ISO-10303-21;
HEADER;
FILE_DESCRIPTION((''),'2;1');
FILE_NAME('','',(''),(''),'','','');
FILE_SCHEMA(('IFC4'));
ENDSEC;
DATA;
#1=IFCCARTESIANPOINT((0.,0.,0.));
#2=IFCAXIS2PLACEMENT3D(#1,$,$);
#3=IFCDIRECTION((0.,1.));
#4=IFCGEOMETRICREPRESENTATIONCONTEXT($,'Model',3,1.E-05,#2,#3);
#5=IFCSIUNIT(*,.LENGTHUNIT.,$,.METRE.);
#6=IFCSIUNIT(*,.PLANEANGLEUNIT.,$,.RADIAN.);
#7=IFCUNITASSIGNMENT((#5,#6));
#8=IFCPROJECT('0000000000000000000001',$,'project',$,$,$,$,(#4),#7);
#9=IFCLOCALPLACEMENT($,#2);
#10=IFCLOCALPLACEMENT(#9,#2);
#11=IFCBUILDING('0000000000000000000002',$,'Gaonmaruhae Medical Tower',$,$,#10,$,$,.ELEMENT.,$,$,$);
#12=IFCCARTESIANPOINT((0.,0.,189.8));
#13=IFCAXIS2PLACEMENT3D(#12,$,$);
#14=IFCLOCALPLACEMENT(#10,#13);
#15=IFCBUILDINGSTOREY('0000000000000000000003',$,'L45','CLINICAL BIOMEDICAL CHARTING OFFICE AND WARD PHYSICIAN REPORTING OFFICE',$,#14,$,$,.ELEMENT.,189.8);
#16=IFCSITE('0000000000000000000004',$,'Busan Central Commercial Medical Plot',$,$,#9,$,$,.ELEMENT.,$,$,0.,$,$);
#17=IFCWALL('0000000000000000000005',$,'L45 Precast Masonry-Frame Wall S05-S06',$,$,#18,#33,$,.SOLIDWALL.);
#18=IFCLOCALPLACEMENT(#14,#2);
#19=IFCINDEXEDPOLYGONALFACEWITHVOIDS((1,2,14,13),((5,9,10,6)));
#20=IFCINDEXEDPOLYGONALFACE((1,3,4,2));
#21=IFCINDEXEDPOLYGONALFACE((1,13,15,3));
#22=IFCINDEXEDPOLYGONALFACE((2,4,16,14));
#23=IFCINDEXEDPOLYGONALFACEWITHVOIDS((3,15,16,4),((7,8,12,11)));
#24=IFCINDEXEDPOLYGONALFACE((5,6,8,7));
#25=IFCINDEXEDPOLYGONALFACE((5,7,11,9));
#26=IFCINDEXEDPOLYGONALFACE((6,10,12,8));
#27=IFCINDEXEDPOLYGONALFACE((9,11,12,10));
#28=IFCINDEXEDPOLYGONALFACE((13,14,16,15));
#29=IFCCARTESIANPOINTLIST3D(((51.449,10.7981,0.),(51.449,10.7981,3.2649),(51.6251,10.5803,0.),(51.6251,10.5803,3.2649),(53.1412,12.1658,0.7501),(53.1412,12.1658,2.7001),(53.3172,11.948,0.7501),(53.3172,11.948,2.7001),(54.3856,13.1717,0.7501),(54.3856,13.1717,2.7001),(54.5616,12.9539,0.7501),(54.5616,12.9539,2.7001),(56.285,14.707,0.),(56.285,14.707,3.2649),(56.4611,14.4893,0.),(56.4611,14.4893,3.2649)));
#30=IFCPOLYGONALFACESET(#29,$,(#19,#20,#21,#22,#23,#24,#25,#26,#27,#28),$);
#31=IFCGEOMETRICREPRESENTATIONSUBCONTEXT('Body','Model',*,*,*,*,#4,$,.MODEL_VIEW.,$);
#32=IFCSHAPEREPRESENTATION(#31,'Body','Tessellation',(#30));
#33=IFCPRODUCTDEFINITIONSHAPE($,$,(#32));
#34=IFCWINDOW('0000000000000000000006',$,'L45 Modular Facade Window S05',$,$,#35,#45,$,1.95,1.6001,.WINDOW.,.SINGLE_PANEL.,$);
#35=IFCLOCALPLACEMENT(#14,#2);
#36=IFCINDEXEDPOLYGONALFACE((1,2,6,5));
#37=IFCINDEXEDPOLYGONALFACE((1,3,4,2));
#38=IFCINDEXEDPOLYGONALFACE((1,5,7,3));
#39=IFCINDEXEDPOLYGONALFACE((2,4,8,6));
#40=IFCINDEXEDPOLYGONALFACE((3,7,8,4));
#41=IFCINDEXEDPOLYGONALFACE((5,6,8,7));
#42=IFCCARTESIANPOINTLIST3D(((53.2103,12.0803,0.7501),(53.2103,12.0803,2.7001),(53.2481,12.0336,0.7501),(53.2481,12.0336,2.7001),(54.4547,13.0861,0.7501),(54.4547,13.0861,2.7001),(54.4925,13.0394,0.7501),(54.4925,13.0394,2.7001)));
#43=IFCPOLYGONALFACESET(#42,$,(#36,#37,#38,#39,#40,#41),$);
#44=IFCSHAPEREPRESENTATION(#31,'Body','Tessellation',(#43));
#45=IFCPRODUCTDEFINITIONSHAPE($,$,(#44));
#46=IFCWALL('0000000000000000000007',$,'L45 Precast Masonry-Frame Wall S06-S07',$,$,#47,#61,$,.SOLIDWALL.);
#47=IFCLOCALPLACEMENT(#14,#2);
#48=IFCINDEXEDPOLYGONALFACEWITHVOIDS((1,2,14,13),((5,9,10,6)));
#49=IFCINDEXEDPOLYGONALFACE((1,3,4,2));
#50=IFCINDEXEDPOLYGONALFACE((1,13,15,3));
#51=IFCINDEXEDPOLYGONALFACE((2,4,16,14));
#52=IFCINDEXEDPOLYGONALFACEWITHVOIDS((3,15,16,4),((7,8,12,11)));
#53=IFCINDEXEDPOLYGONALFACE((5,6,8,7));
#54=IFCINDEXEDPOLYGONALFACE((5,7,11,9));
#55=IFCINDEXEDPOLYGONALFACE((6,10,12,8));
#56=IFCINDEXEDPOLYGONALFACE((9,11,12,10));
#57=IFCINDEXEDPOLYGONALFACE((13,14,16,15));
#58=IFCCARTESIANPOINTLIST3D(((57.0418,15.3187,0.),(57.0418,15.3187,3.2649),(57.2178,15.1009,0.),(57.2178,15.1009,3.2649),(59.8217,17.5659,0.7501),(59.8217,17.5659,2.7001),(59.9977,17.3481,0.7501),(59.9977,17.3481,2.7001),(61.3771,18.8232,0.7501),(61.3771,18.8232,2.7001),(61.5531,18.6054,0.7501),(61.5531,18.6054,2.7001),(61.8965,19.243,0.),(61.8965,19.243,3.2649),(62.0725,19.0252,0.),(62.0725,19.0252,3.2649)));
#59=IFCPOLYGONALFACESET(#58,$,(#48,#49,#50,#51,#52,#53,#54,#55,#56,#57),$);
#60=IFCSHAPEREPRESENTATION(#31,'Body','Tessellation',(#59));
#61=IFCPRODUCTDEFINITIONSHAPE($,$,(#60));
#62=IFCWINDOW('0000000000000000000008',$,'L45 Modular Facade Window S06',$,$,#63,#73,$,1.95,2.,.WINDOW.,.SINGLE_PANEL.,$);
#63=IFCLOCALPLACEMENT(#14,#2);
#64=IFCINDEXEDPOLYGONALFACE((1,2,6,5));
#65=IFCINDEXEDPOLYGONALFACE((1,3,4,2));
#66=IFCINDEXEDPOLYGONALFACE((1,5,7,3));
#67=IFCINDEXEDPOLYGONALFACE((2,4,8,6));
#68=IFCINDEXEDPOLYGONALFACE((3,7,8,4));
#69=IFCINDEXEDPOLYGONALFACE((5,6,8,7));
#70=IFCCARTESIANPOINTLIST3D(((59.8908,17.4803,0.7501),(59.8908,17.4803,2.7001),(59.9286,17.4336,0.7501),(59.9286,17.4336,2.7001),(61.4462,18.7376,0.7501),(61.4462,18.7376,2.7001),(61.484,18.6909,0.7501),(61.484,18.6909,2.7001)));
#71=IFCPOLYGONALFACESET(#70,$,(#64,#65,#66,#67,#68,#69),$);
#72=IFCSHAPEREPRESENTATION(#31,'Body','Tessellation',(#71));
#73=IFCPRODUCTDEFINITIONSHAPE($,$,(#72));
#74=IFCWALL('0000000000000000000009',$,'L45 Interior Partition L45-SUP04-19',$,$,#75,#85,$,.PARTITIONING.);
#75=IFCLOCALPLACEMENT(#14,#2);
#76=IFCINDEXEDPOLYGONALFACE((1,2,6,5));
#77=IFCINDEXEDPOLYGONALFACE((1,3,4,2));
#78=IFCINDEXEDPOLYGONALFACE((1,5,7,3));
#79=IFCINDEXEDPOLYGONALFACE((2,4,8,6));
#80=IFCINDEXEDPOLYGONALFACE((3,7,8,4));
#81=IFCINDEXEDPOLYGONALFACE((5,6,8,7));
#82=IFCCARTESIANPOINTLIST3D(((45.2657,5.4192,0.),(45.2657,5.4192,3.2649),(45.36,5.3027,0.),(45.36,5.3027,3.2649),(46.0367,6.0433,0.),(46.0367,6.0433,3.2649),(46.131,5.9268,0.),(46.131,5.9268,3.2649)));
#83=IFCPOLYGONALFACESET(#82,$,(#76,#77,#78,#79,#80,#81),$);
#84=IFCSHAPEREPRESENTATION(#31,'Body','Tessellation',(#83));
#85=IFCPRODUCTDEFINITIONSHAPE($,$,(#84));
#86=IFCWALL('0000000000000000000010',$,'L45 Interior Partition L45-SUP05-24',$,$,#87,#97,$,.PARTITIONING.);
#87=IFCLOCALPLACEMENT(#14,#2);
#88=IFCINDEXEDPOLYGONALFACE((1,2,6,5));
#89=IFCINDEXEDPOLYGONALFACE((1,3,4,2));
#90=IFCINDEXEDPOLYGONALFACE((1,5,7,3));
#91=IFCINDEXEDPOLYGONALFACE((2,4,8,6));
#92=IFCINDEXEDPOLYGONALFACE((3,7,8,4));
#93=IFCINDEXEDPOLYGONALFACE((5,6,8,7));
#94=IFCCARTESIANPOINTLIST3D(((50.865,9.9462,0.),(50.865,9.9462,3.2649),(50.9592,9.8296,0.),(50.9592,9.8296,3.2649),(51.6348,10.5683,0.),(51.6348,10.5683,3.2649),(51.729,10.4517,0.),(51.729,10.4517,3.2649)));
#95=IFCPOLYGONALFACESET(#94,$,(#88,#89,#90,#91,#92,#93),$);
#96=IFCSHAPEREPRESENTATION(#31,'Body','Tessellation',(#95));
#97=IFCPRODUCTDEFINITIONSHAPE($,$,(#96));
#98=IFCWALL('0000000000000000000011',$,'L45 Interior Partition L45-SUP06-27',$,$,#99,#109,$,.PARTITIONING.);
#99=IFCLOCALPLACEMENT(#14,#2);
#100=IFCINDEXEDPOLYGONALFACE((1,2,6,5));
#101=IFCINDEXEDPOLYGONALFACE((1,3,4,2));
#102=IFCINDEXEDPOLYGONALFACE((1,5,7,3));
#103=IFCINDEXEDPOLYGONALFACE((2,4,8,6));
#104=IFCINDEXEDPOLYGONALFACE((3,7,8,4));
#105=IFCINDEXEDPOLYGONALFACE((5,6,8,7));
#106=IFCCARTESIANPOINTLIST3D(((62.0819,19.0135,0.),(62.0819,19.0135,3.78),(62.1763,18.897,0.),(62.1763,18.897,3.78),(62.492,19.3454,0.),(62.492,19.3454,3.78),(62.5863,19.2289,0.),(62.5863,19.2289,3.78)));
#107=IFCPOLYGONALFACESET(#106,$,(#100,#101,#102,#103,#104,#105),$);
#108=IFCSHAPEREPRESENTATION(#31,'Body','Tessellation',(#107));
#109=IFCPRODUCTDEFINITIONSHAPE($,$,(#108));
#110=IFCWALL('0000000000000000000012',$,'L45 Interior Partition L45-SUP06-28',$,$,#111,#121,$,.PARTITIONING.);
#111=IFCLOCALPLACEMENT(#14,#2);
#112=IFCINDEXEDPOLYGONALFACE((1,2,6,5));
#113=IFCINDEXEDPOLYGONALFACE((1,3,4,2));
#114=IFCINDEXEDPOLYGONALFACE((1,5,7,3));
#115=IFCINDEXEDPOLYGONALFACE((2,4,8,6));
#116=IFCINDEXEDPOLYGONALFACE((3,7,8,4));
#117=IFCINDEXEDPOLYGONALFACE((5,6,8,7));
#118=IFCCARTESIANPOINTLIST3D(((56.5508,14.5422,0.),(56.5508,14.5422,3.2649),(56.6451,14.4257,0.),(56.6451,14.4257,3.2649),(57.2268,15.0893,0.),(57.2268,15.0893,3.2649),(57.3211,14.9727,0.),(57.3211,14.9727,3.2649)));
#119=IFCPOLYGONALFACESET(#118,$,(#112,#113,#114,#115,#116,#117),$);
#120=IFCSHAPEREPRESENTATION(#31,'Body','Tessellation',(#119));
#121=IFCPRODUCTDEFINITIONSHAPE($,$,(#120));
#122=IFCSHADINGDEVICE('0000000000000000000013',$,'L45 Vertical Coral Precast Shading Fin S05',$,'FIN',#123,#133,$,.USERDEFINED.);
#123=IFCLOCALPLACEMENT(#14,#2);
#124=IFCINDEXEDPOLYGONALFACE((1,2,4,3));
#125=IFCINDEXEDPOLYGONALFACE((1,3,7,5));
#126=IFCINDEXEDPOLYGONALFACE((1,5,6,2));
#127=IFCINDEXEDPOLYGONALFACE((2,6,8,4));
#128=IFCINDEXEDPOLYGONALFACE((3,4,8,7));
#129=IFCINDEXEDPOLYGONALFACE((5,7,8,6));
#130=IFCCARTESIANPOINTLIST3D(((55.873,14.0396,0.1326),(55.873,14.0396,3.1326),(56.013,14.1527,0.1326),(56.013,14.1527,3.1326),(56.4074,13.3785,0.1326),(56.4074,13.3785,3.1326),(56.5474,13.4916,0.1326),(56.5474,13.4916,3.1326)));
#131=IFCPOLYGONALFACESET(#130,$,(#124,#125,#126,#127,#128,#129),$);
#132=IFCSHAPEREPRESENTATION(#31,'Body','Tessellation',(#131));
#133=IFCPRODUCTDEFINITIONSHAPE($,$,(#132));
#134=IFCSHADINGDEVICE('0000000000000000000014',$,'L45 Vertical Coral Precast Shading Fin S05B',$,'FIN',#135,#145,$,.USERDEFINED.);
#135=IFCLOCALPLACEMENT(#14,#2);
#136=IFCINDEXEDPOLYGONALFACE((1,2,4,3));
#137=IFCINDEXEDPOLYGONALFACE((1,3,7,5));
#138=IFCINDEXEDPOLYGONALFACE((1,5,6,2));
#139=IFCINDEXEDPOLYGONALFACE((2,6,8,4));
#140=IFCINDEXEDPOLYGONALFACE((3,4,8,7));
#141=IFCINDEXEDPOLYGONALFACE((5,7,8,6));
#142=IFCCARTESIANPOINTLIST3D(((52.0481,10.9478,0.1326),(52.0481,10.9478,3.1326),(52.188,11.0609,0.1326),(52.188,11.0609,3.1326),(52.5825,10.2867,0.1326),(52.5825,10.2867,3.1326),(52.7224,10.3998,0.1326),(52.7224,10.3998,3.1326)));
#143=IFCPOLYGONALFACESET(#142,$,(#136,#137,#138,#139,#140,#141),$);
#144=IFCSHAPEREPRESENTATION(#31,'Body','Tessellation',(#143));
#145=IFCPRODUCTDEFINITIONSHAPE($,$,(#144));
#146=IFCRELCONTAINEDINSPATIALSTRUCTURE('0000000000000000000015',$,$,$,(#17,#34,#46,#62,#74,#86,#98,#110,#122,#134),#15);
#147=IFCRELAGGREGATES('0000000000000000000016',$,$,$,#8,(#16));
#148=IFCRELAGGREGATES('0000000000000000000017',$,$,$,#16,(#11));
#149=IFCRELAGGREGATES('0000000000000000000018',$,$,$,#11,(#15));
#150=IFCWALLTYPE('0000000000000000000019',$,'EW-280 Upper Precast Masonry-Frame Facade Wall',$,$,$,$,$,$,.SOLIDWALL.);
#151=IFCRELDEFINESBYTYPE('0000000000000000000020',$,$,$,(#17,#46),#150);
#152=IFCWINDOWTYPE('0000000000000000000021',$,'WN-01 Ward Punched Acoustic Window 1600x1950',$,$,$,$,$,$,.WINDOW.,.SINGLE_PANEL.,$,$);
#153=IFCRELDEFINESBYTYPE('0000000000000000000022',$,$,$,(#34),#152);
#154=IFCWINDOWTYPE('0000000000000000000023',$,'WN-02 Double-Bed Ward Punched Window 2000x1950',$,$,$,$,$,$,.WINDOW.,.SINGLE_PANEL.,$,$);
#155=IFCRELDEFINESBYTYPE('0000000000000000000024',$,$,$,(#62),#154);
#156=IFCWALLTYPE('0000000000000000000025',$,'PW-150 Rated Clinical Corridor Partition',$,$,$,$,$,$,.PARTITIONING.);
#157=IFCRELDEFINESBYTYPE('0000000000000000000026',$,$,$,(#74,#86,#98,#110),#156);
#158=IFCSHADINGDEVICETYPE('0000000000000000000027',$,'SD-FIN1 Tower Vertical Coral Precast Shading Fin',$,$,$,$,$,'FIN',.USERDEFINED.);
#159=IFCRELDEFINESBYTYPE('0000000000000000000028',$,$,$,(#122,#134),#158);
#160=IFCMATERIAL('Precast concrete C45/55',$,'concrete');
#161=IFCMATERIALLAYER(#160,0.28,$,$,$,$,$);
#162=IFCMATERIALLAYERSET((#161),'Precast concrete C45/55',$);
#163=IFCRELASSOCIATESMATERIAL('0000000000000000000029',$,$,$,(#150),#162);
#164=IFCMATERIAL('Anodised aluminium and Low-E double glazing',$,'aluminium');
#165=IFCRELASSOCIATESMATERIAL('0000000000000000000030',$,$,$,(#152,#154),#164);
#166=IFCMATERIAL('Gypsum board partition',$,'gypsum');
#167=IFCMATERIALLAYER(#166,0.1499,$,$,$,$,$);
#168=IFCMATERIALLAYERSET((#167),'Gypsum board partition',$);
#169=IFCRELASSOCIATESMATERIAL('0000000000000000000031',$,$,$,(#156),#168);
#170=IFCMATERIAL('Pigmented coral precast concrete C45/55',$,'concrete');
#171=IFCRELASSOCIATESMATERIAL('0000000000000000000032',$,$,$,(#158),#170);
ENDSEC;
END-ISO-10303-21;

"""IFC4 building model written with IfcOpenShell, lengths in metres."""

from ifc_helpers import new_model, si_unit, direction, frame, frame_2d, origin, origin_2d, place, context, subcontext, project, spatial, rectangle, extrude, material, layer, layer_set, type_object, element, fill, save


model = new_model("IFC4")

# Units and contexts
model_context = context("Model", 3, precision=1e-05, world=origin(), true_north=direction((0.0, 1.0)))
body_context = subcontext(model_context, "Body", "Model", "MODEL_VIEW")
ifc_project = project(units=[si_unit("LENGTHUNIT", "METRE"), si_unit("PLANEANGLEUNIT", "RADIAN")], contexts=[model_context])

# Site, building, storey
site_placement = place(None, origin())
site = spatial("IfcSite", under=ifc_project, at=site_placement, Name="Busan Central Commercial Medical Plot", CompositionType="ELEMENT", RefElevation=0.0)
building_placement = place(site_placement, origin())
building = spatial("IfcBuilding", under=site, at=building_placement, Name="Gaonmaruhae Medical Tower", CompositionType="ELEMENT")
storey_placement = place(building_placement, frame((0.0, 0.0, 189.8)))
storey = spatial("IfcBuildingStorey", under=building, at=storey_placement, Name="L45", Description="CLINICAL BIOMEDICAL CHARTING OFFICE AND WARD PHYSICIAN REPORTING OFFICE", CompositionType="ELEMENT", Elevation=189.8)

# Walls, openings, windows
ifc_material_1 = material(Name="Precast concrete C45/55", Category="concrete")
ifc_layer_1 = layer(ifc_material_1, 0.28)
ifc_layer_set_1 = layer_set([ifc_layer_1], Name="Precast concrete C45/55")
wall_type_1 = type_object("IfcWallType", Name="EW-280 Upper Precast Masonry-Frame Facade Wall", PredefinedType="SOLIDWALL", material=ifc_layer_set_1)
ifc_material_2 = material(Name="Anodised aluminium and Low-E double glazing", Category="aluminium")
wall_1_placement = place(storey_placement, frame((56.373, 14.5981, 0.0), z_axis=(0.0, 0.0, 1.0), x_axis=(-0.777706, -0.628628, 0.0)))
wall_1 = element("IfcWall", 1, at=wall_1_placement, inside=storey, type_object=wall_type_1, Name="L45 Precast Masonry-Frame Wall S05-S06", PredefinedType="SOLIDWALL", context=body_context, shape_type="SweptSolid", body=[
    extrude(rectangle(XDim=6.2183, YDim=0.28, at=frame_2d((3.1091, 0.0))), origin(), (0.0, 0.0, 1.0), 3.2649),
])
opening_1_placement = place(wall_1_placement, frame((2.4424, 0.0, 0.75)))
opening_1 = element("IfcOpeningElement", 2, at=opening_1_placement, cuts=wall_1, PredefinedType="OPENING", context=body_context, shape_type="SweptSolid", body=[
    extrude(rectangle(XDim=1.6001, YDim=1.95, at=frame_2d((0.8, 0.9751))), frame((0.0, 0.1499, 0.0), z_axis=(0.0, -1.0, 0.0), x_axis=(1.0, 0.0, 0.0)), (0.0, 0.0, 1.0), 0.3),
])
window_type_1 = type_object("IfcWindowType", Name="WN-01 Ward Punched Acoustic Window 1600x1950", PartitioningType="SINGLE_PANEL", PredefinedType="WINDOW", material=ifc_material_2)
window_1_placement = place(opening_1_placement, origin())
window_1 = element("IfcWindow", 3, at=window_1_placement, inside=storey, type_object=window_type_1, Name="L45 Modular Facade Window S05", OverallHeight=1.95, OverallWidth=1.6001, PartitioningType="SINGLE_PANEL", PredefinedType="WINDOW", context=body_context, shape_type="SweptSolid", body=[
    extrude(rectangle(XDim=1.6001, YDim=1.95, at=frame_2d((0.8, 0.9751))), frame((0.0, 0.03, 0.0), z_axis=(0.0, -1.0, 0.0), x_axis=(1.0, 0.0, 0.0)), (0.0, 0.0, 1.0), 0.0601),
])
fill(opening_1, window_1)
wall_2_placement = place(storey_placement, frame((61.9844, 19.134, 0.0), z_axis=(0.0, 0.0, 1.0), x_axis=(-0.777692, -0.628646, 0.0)))
wall_2 = element("IfcWall", 4, at=wall_2_placement, inside=storey, type_object=wall_type_1, Name="L45 Precast Masonry-Frame Wall S06-S07", PredefinedType="SOLIDWALL", context=body_context, shape_type="SweptSolid", body=[
    extrude(rectangle(XDim=6.2424, YDim=0.28, at=frame_2d((3.1211, 0.0))), origin(), (0.0, 0.0, 1.0), 3.2649),
])
opening_2_placement = place(wall_2_placement, frame((0.6677, 0.0, 0.75)))
opening_2 = element("IfcOpeningElement", 5, at=opening_2_placement, cuts=wall_2, PredefinedType="OPENING", context=body_context, shape_type="SweptSolid", body=[
    extrude(rectangle(XDim=2.0, YDim=1.95, at=frame_2d((1.0, 0.9751))), frame((0.0, 0.1499, 0.0), z_axis=(0.0, -1.0, 0.0), x_axis=(1.0, 0.0, 0.0)), (0.0, 0.0, 1.0), 0.3),
])
window_type_2 = type_object("IfcWindowType", Name="WN-02 Double-Bed Ward Punched Window 2000x1950", PartitioningType="SINGLE_PANEL", PredefinedType="WINDOW", material=ifc_material_2)
window_2_placement = place(opening_2_placement, origin())
window_2 = element("IfcWindow", 6, at=window_2_placement, inside=storey, type_object=window_type_2, Name="L45 Modular Facade Window S06", OverallHeight=1.95, OverallWidth=2.0, PartitioningType="SINGLE_PANEL", PredefinedType="WINDOW", context=body_context, shape_type="SweptSolid", body=[
    extrude(rectangle(XDim=2.0, YDim=1.95, at=frame_2d((1.0, 0.9751))), frame((0.0, 0.03, 0.0), z_axis=(0.0, -1.0, 0.0), x_axis=(1.0, 0.0, 0.0)), (0.0, 0.0, 1.0), 0.0601),
])
fill(opening_2, window_2)

# Walls
ifc_material_3 = material(Name="Gypsum board partition", Category="gypsum")
ifc_layer_2 = layer(ifc_material_3, 0.1499)
ifc_layer_set_2 = layer_set([ifc_layer_2], Name="Gypsum board partition")
wall_type_2 = type_object("IfcWallType", Name="PW-150 Rated Clinical Corridor Partition", PredefinedType="PARTITIONING", material=ifc_layer_set_2)
wall_3_placement = place(storey_placement, frame((46.084, 5.9851, 0.0), z_axis=(0.0, 0.0, 1.0), x_axis=(-0.777302, -0.629127, 0.0)))
element("IfcWall", 7, at=wall_3_placement, inside=storey, type_object=wall_type_2, Name="L45 Interior Partition L45-SUP04-19", PredefinedType="PARTITIONING", context=body_context, shape_type="SweptSolid", body=[
    extrude(rectangle(XDim=0.9919, YDim=0.1499, at=frame_2d((0.4961, 0.0))), origin(), (0.0, 0.0, 1.0), 3.2649),
])
wall_4_placement = place(storey_placement, frame((51.6819, 10.51, 0.0), z_axis=(0.0, 0.0, 1.0), x_axis=(-0.777779, -0.628538, 0.0)))
element("IfcWall", 8, at=wall_4_placement, inside=storey, type_object=wall_type_2, Name="L45 Interior Partition L45-SUP05-24", PredefinedType="PARTITIONING", context=body_context, shape_type="SweptSolid", body=[
    extrude(rectangle(XDim=0.9897, YDim=0.1499, at=frame_2d((0.4949, 0.0))), origin(), (0.0, 0.0, 1.0), 3.2649),
])
wall_5_placement = place(storey_placement, frame((62.5391, 19.2871, 0.0), z_axis=(0.0, 0.0, 1.0), x_axis=(-0.777245, -0.629198, 0.0)))
element("IfcWall", 9, at=wall_5_placement, inside=storey, type_object=wall_type_2, Name="L45 Interior Partition L45-SUP06-27", PredefinedType="PARTITIONING", context=body_context, shape_type="SweptSolid", body=[
    extrude(rectangle(XDim=0.5276, YDim=0.1499, at=frame_2d((0.2637, 0.0))), origin(), (0.0, 0.0, 1.0), 3.78),
])
wall_6_placement = place(storey_placement, frame((57.2739, 15.031, 0.0), z_axis=(0.0, 0.0, 1.0), x_axis=(-0.777323, -0.629101, 0.0)))
element("IfcWall", 10, at=wall_6_placement, inside=storey, type_object=wall_type_2, Name="L45 Interior Partition L45-SUP06-28", PredefinedType="PARTITIONING", context=body_context, shape_type="SweptSolid", body=[
    extrude(rectangle(XDim=0.8696, YDim=0.1499, at=frame_2d((0.4348, 0.0))), origin(), (0.0, 0.0, 1.0), 3.2649),
])

# Shading devices
ifc_material_4 = material(Name="Pigmented coral precast concrete C45/55", Category="concrete")
shading_device_type = type_object("IfcShadingDeviceType", Name="SD-FIN1 Tower Vertical Coral Precast Shading Fin", ElementType="FIN", PredefinedType="USERDEFINED", material=ifc_material_4)
for number, where, z_axis, x_axis, name in (
    (11, (56.2102, 13.7656, 0.1326), (0.0, 0.0, 1.0), (-0.777695, -0.628642, 0.0), "L45 Vertical Coral Precast Shading Fin S05"),
    (12, (52.3853, 10.6738, 0.1326), (0.0, 0.0, 1.0), (-0.777695, -0.628642, 0.0), "L45 Vertical Coral Precast Shading Fin S05B"),
):
    element("IfcShadingDevice", number, at=place(storey_placement, frame(where, z_axis=z_axis, x_axis=x_axis)), inside=storey, type_object=shading_device_type, Name=name, ObjectType="FIN", PredefinedType="USERDEFINED", context=body_context, shape_type="SweptSolid", body=[
        extrude(rectangle(XDim=0.1799, YDim=0.8501, at=origin_2d()), origin(), (0.0, 0.0, 1.0), 3.0),
    ])

save(model, "model.ifc")
